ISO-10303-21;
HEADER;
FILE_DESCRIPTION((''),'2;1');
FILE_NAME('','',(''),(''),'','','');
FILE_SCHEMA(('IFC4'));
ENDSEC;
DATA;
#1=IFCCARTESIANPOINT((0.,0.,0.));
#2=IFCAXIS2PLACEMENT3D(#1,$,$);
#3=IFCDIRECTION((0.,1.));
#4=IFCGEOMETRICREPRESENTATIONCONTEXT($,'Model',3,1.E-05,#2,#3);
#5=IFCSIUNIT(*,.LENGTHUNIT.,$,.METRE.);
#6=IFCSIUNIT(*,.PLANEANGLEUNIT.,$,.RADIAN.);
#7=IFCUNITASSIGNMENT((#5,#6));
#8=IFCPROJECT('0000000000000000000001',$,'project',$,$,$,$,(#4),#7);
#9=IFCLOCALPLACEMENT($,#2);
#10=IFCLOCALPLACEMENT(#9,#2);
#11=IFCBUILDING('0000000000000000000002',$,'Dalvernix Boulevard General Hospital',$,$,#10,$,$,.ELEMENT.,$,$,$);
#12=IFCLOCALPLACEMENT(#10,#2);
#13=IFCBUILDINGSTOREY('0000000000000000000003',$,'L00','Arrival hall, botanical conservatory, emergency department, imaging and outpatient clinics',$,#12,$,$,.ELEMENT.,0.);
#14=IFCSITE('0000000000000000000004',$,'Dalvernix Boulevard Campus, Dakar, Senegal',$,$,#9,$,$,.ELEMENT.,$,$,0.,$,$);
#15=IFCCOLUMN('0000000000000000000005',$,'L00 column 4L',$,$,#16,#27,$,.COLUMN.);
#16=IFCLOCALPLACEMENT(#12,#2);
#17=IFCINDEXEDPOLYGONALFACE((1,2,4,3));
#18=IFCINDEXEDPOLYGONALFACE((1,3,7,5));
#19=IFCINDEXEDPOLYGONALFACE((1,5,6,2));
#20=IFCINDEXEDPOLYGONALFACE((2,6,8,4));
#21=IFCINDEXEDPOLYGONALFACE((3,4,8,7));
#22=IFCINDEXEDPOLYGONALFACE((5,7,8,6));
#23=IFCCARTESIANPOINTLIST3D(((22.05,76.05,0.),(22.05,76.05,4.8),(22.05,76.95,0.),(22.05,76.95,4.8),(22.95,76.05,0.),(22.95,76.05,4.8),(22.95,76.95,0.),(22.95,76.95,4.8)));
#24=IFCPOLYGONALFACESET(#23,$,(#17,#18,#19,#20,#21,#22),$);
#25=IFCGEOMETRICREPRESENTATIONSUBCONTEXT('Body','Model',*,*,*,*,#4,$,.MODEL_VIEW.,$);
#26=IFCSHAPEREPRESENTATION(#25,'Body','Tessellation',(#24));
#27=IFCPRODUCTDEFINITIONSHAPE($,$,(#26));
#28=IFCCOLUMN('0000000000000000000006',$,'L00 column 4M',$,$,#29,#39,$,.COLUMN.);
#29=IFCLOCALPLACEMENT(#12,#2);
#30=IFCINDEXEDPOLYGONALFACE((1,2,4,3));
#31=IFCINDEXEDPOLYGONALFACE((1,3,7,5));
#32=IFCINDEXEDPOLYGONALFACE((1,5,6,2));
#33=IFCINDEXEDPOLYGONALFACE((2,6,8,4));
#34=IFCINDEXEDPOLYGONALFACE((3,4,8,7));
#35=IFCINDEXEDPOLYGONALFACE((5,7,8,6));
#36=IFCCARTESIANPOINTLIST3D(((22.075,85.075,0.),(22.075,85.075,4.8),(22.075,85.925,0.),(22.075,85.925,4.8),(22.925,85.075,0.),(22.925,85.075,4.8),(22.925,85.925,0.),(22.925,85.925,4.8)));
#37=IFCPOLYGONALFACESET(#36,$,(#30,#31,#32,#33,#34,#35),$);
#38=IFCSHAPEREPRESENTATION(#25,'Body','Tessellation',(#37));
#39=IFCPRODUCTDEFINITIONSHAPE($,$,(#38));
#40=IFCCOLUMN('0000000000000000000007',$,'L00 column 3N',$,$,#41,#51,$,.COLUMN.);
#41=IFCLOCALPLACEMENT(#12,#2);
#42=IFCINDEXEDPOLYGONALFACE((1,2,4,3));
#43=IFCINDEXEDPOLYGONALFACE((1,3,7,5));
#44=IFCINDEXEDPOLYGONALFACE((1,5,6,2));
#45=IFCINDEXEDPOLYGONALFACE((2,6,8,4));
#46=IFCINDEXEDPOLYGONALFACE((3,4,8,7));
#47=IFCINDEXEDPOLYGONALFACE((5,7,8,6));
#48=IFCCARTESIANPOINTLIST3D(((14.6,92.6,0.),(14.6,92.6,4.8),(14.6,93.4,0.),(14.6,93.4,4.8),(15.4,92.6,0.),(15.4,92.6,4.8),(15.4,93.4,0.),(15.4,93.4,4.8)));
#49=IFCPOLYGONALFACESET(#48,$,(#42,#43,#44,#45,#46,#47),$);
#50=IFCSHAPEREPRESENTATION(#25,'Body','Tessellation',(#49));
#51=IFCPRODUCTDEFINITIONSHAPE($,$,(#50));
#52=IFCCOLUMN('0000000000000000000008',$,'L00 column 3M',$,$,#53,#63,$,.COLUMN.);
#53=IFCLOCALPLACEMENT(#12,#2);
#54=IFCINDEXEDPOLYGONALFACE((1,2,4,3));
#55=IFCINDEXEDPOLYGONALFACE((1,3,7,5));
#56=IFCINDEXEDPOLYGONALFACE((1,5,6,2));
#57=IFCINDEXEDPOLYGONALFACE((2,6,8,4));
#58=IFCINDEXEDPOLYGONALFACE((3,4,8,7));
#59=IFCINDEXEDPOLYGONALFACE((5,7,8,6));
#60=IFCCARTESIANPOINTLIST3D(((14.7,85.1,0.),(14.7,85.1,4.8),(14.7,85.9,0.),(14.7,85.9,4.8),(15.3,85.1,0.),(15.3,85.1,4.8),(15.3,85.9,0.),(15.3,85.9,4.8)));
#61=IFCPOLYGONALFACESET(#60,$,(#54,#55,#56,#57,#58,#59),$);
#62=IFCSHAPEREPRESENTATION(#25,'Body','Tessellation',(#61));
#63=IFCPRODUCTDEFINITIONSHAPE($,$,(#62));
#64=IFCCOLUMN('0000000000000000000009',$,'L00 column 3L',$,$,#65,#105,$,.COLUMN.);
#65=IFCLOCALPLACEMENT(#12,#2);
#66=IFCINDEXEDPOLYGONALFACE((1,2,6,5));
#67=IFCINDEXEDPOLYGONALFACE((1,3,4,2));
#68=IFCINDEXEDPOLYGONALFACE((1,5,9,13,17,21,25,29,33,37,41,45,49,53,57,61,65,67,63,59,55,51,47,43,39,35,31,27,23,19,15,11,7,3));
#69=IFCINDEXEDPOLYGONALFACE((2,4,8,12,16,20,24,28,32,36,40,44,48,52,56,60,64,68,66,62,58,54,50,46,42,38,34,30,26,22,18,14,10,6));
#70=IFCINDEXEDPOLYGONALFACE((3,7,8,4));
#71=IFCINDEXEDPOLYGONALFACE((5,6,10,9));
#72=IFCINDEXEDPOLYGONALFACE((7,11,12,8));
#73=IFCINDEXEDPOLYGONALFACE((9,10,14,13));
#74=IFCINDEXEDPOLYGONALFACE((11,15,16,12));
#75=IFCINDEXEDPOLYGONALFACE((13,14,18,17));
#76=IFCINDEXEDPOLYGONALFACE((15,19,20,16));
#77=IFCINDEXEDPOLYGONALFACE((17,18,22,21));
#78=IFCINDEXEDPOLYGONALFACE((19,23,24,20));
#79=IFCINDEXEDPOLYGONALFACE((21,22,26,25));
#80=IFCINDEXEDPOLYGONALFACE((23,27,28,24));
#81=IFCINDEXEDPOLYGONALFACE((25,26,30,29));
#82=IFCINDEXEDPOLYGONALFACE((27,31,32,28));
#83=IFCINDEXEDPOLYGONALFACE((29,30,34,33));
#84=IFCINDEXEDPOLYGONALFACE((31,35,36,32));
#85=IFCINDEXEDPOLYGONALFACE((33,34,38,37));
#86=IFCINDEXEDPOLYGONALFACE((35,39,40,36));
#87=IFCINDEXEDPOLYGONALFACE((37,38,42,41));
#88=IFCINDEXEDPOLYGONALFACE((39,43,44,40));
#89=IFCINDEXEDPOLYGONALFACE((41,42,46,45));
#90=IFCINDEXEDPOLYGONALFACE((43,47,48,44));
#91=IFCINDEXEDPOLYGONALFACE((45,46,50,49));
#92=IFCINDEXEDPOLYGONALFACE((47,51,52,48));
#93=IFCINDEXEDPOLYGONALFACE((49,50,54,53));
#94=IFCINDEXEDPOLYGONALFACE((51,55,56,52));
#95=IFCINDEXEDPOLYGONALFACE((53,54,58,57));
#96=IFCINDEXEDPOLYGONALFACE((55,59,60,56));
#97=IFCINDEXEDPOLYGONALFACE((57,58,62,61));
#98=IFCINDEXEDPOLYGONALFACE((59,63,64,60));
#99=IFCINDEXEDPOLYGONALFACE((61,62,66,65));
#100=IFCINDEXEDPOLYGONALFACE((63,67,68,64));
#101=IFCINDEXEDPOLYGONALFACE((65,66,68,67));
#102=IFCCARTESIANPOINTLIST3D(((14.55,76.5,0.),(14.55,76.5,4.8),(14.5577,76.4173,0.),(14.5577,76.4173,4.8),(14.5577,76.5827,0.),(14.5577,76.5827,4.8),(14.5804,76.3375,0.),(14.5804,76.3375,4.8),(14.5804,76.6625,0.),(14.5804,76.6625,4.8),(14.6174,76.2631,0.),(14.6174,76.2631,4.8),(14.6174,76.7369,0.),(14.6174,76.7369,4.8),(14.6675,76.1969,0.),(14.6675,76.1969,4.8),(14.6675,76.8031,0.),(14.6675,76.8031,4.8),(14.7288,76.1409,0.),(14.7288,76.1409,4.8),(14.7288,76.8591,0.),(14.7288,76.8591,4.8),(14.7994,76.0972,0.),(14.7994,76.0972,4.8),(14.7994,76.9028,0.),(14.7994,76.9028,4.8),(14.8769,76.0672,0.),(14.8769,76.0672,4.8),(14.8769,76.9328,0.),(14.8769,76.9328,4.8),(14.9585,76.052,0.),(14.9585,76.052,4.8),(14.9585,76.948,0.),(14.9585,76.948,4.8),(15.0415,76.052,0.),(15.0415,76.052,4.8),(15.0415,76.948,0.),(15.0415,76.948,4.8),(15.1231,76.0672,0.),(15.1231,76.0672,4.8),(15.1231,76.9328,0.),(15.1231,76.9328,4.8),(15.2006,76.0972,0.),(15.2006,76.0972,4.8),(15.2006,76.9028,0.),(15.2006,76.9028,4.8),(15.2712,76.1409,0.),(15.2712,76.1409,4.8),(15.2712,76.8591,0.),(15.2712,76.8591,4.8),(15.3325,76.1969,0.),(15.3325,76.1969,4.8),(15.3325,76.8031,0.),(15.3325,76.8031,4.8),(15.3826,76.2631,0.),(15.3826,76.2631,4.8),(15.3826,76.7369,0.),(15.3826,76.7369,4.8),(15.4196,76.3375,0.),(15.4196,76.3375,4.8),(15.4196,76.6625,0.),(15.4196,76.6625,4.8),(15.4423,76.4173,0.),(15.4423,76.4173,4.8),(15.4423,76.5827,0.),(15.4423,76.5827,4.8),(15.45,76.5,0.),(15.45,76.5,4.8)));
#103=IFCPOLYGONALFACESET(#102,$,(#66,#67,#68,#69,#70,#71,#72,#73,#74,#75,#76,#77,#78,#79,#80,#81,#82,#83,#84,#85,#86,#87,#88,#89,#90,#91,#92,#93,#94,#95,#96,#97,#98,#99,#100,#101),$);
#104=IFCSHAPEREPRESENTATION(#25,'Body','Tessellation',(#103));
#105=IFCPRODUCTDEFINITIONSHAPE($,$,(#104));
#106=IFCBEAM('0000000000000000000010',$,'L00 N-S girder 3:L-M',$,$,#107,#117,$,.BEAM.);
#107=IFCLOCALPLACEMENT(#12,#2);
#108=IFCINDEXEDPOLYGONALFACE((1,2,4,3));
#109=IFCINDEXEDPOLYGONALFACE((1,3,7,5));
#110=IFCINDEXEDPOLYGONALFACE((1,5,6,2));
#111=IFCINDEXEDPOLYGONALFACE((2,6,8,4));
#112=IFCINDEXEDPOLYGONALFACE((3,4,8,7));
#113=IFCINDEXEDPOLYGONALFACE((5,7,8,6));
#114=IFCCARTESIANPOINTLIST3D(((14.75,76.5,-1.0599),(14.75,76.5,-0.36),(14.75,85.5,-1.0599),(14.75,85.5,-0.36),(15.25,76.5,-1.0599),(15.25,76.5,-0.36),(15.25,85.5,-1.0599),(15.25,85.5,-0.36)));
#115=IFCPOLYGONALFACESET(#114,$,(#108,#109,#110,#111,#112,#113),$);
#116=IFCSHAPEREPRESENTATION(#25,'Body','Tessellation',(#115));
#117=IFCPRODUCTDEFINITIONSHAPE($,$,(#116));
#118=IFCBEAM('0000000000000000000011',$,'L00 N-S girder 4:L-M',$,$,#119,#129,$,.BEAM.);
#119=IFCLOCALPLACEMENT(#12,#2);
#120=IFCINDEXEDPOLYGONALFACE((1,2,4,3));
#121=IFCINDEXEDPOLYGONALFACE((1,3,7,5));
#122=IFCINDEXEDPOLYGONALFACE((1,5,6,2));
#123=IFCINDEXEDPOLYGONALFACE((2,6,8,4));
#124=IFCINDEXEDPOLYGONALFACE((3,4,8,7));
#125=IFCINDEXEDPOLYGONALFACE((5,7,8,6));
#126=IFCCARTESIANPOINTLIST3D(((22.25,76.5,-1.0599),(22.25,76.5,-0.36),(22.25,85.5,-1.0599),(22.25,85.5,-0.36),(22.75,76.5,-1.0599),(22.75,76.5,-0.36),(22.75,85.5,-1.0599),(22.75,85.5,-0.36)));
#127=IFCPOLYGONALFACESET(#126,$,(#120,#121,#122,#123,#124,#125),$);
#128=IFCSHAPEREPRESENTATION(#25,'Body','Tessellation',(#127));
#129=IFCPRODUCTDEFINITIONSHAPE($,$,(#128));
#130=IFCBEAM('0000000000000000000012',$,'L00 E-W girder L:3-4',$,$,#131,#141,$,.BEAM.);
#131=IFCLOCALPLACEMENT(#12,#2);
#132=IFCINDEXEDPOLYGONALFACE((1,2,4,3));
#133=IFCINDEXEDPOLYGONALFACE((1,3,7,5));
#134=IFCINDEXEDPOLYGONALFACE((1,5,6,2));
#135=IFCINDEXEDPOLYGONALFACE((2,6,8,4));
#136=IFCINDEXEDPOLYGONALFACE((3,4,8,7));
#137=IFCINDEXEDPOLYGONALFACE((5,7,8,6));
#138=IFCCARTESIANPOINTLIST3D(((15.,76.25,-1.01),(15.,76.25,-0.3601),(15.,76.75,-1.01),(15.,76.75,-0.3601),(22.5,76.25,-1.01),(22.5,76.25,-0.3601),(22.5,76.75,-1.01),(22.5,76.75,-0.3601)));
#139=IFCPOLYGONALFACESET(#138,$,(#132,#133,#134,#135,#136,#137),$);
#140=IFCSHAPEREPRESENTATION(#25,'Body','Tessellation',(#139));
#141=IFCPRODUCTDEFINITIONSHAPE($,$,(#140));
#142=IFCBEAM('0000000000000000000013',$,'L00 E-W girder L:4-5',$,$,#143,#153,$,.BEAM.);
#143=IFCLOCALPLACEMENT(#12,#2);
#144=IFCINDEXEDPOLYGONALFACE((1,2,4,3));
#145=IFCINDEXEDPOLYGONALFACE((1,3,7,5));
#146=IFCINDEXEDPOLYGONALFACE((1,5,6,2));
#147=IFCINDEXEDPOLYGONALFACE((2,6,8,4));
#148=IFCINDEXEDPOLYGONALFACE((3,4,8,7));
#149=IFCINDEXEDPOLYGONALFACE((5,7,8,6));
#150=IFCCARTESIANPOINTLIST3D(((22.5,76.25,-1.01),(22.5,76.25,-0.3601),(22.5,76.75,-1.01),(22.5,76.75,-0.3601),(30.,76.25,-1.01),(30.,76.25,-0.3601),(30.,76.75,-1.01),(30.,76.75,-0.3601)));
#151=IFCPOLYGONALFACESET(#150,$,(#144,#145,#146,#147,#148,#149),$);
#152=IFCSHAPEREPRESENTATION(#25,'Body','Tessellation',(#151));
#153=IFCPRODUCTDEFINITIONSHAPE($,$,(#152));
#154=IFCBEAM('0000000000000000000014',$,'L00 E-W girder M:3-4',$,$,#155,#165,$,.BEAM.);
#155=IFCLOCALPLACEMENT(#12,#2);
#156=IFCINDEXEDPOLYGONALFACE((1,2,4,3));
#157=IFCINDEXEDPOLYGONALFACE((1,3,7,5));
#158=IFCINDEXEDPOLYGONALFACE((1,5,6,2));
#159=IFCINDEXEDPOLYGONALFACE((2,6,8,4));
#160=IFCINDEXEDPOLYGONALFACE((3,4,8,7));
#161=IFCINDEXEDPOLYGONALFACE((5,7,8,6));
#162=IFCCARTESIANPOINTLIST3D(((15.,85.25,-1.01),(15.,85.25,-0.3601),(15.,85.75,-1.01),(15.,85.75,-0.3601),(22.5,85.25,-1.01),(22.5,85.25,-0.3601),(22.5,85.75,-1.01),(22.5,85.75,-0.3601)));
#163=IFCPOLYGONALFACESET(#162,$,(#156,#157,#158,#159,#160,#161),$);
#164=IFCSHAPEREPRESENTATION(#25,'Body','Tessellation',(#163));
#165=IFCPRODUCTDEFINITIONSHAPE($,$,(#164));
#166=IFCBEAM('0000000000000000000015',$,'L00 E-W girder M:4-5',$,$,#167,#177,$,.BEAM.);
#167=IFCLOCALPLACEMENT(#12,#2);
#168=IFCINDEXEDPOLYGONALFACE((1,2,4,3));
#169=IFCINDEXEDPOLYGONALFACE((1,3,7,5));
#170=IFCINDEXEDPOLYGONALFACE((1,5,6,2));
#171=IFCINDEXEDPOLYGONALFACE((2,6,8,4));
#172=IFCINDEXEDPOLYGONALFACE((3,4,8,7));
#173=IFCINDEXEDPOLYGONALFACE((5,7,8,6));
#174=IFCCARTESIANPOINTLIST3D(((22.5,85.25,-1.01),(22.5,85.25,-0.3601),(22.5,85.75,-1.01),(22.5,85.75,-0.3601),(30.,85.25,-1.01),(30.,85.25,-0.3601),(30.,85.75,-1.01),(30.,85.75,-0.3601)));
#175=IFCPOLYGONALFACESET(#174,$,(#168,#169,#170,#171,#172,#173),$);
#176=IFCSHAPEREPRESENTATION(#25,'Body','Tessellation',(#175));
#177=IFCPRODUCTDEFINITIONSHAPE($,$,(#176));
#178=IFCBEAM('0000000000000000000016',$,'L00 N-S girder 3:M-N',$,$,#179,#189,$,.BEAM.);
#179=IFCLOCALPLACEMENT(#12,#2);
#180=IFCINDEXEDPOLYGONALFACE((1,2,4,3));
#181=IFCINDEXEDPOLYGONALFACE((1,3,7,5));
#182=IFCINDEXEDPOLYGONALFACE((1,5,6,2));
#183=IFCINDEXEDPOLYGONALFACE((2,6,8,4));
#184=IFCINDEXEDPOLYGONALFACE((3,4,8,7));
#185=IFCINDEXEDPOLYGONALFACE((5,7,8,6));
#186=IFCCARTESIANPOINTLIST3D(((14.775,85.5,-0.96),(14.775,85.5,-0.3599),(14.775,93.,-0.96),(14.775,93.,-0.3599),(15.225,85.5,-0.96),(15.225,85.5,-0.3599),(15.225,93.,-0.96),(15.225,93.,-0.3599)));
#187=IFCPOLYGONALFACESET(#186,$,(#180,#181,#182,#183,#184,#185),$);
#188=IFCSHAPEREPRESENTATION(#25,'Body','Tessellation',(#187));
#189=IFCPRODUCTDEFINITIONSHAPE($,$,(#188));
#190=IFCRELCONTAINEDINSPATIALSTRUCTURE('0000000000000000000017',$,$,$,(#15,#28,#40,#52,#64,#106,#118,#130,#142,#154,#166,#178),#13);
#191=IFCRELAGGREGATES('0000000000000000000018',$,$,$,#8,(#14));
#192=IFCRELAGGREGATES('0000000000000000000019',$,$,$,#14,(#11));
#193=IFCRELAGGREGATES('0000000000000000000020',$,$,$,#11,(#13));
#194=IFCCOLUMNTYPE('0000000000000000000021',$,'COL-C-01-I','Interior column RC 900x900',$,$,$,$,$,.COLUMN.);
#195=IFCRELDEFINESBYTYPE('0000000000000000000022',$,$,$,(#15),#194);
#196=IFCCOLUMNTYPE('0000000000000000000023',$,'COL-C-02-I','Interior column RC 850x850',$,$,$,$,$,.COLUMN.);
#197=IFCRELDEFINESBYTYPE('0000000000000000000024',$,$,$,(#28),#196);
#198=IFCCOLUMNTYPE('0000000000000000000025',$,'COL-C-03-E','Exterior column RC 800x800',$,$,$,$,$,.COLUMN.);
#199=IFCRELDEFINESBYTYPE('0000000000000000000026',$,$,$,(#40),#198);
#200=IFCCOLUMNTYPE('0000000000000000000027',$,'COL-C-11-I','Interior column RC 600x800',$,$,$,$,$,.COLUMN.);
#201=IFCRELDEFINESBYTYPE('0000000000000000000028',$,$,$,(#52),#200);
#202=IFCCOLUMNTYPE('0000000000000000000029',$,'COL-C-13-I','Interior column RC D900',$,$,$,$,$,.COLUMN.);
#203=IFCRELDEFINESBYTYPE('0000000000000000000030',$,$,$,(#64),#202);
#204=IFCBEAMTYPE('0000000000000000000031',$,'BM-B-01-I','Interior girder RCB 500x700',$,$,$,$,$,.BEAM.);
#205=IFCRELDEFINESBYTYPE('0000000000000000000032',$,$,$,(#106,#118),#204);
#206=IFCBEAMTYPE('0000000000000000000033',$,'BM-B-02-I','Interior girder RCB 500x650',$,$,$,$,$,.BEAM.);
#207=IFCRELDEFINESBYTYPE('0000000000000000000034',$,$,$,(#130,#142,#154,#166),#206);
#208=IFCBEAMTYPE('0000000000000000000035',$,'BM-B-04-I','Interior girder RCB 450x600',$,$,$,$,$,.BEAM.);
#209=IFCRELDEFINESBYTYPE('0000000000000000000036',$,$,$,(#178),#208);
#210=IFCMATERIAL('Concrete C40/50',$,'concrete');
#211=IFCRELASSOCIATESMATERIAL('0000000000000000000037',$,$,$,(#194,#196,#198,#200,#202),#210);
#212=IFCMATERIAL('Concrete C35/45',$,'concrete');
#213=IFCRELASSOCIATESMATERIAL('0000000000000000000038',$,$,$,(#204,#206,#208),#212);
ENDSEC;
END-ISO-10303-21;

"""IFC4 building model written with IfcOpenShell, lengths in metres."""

from ifc_helpers import new_model, si_unit, direction, frame, origin, origin_2d, place, context, subcontext, project, spatial, rectangle, circle, extrude, material, material_profile, profile_set, type_object, element, save


model = new_model("IFC4")

# Units and contexts
model_context = context("Model", 3, precision=1e-05, world=origin(), true_north=direction((0.0, 1.0)))
body_context = subcontext(model_context, "Body", "Model", "MODEL_VIEW")
ifc_project = project(units=[si_unit("LENGTHUNIT", "METRE"), si_unit("PLANEANGLEUNIT", "RADIAN")], contexts=[model_context])

# Site, building, storey
site_placement = place(None, origin())
site = spatial("IfcSite", under=ifc_project, at=site_placement, Name="Dalvernix Boulevard Campus, Dakar, Senegal", CompositionType="ELEMENT", RefElevation=0.0)
building_placement = place(site_placement, origin())
building = spatial("IfcBuilding", under=site, at=building_placement, Name="Dalvernix Boulevard General Hospital", CompositionType="ELEMENT")
storey_placement = place(building_placement, origin())
storey = spatial("IfcBuildingStorey", under=building, at=storey_placement, Name="L00", Description="Arrival hall, botanical conservatory, emergency department, imaging and outpatient clinics", CompositionType="ELEMENT", Elevation=0.0)

# Columns
ifc_material_1 = material(Name="Concrete C40/50", Category="concrete")
ifc_material_profile_1 = material_profile(ifc_material_1, rectangle(XDim=0.8999, YDim=0.8999, at=origin_2d()), Name="RC 900x900")
ifc_profile_set_1 = profile_set([ifc_material_profile_1], Name="Concrete C40/50")
column_type_1 = type_object("IfcColumnType", Name="COL-C-01-I", Description="Interior column RC 900x900", PredefinedType="COLUMN", material=ifc_profile_set_1)
column_1_placement = place(storey_placement, frame((22.5, 76.5, 0.0), z_axis=(0.0, 0.0, 1.0), x_axis=(1.0, 0.0, 0.0)))
element("IfcColumn", 1, at=column_1_placement, inside=storey, type_object=column_type_1, Name="L00 column 4L", PredefinedType="COLUMN", context=body_context, shape_type="SweptSolid", body=[
    extrude(rectangle(XDim=0.8999, YDim=0.8999, at=origin_2d()), origin(), (0.0, 0.0, 1.0), 4.8),
])
ifc_material_profile_2 = material_profile(ifc_material_1, rectangle(XDim=0.8501, YDim=0.8501, at=origin_2d()), Name="RC 850x850")
ifc_profile_set_2 = profile_set([ifc_material_profile_2], Name="Concrete C40/50")
column_type_2 = type_object("IfcColumnType", Name="COL-C-02-I", Description="Interior column RC 850x850", PredefinedType="COLUMN", material=ifc_profile_set_2)
column_2_placement = place(storey_placement, frame((22.5, 85.5, 0.0), z_axis=(0.0, 0.0, 1.0), x_axis=(1.0, 0.0, 0.0)))
element("IfcColumn", 2, at=column_2_placement, inside=storey, type_object=column_type_2, Name="L00 column 4M", PredefinedType="COLUMN", context=body_context, shape_type="SweptSolid", body=[
    extrude(rectangle(XDim=0.8501, YDim=0.8501, at=origin_2d()), origin(), (0.0, 0.0, 1.0), 4.8),
])
ifc_material_profile_3 = material_profile(ifc_material_1, rectangle(XDim=0.8, YDim=0.8, at=origin_2d()), Name="RC 800x800")
ifc_profile_set_3 = profile_set([ifc_material_profile_3], Name="Concrete C40/50")
column_type_3 = type_object("IfcColumnType", Name="COL-C-03-E", Description="Exterior column RC 800x800", PredefinedType="COLUMN", material=ifc_profile_set_3)
column_3_placement = place(storey_placement, frame((15.0, 93.0, 0.0), z_axis=(0.0, 0.0, 1.0), x_axis=(1.0, 0.0, 0.0)))
element("IfcColumn", 3, at=column_3_placement, inside=storey, type_object=column_type_3, Name="L00 column 3N", PredefinedType="COLUMN", context=body_context, shape_type="SweptSolid", body=[
    extrude(rectangle(XDim=0.8, YDim=0.8, at=origin_2d()), origin(), (0.0, 0.0, 1.0), 4.8),
])
ifc_material_profile_4 = material_profile(ifc_material_1, rectangle(XDim=0.6001, YDim=0.8, at=origin_2d()), Name="RC 600x800")
ifc_profile_set_4 = profile_set([ifc_material_profile_4], Name="Concrete C40/50")
column_type_4 = type_object("IfcColumnType", Name="COL-C-11-I", Description="Interior column RC 600x800", PredefinedType="COLUMN", material=ifc_profile_set_4)
column_4_placement = place(storey_placement, frame((15.0, 85.5, 0.0), z_axis=(0.0, 0.0, 1.0), x_axis=(1.0, 0.0, 0.0)))
element("IfcColumn", 4, at=column_4_placement, inside=storey, type_object=column_type_4, Name="L00 column 3M", PredefinedType="COLUMN", context=body_context, shape_type="SweptSolid", body=[
    extrude(rectangle(XDim=0.6001, YDim=0.8, at=origin_2d()), origin(), (0.0, 0.0, 1.0), 4.8),
])
ifc_material_profile_5 = material_profile(ifc_material_1, circle(Radius=0.45, at=origin_2d()), Name="RC D900")
ifc_profile_set_5 = profile_set([ifc_material_profile_5], Name="Concrete C40/50")
column_type_5 = type_object("IfcColumnType", Name="COL-C-13-I", Description="Interior column RC D900", PredefinedType="COLUMN", material=ifc_profile_set_5)
column_5_placement = place(storey_placement, frame((15.0, 76.5, 0.0), z_axis=(0.0, 0.0, 1.0), x_axis=(1.0, 0.0, 0.0)))
element("IfcColumn", 5, at=column_5_placement, inside=storey, type_object=column_type_5, Name="L00 column 3L", PredefinedType="COLUMN", context=body_context, shape_type="SweptSolid", body=[
    extrude(circle(Radius=0.45, at=origin_2d()), origin(), (0.0, 0.0, 1.0), 4.8),
])

# Beams
ifc_material_2 = material(Name="Concrete C35/45", Category="concrete")
ifc_material_profile_6 = material_profile(ifc_material_2, rectangle(XDim=0.5, YDim=0.7, at=origin_2d()), Name="RCB 500x700")
ifc_profile_set_6 = profile_set([ifc_material_profile_6], Name="Concrete C35/45")
beam_type_1 = type_object("IfcBeamType", Name="BM-B-01-I", Description="Interior girder RCB 500x700", PredefinedType="BEAM", material=ifc_profile_set_6)
for number, where, z_axis, x_axis, name in (
    (6, (15.0, 76.5, -0.71), (0.0, 1.0, 0.0), (-1.0, 0.0, 0.0), "L00 N-S girder 3:L-M"),
    (7, (22.5, 76.5, -0.71), (0.0, 1.0, 0.0), (-1.0, 0.0, 0.0), "L00 N-S girder 4:L-M"),
):
    element("IfcBeam", number, at=place(storey_placement, frame(where, z_axis=z_axis, x_axis=x_axis)), inside=storey, type_object=beam_type_1, Name=name, PredefinedType="BEAM", context=body_context, shape_type="SweptSolid", body=[
        extrude(rectangle(XDim=0.5, YDim=0.7, at=origin_2d()), origin(), (0.0, 0.0, 1.0), 9.0),
    ])
ifc_material_profile_7 = material_profile(ifc_material_2, rectangle(XDim=0.5, YDim=0.6499, at=origin_2d()), Name="RCB 500x650")
ifc_profile_set_7 = profile_set([ifc_material_profile_7], Name="Concrete C35/45")
beam_type_2 = type_object("IfcBeamType", Name="BM-B-02-I", Description="Interior girder RCB 500x650", PredefinedType="BEAM", material=ifc_profile_set_7)
for number, where, z_axis, x_axis, name in (
    (8, (15.0, 76.5, -0.6851), (1.0, 0.0, 0.0), (0.0, 1.0, 0.0), "L00 E-W girder L:3-4"),
    (9, (22.5, 76.5, -0.6851), (1.0, 0.0, 0.0), (0.0, 1.0, 0.0), "L00 E-W girder L:4-5"),
    (10, (15.0, 85.5, -0.6851), (1.0, 0.0, 0.0), (0.0, 1.0, 0.0), "L00 E-W girder M:3-4"),
    (11, (22.5, 85.5, -0.6851), (1.0, 0.0, 0.0), (0.0, 1.0, 0.0), "L00 E-W girder M:4-5"),
):
    element("IfcBeam", number, at=place(storey_placement, frame(where, z_axis=z_axis, x_axis=x_axis)), inside=storey, type_object=beam_type_2, Name=name, PredefinedType="BEAM", context=body_context, shape_type="SweptSolid", body=[
        extrude(rectangle(XDim=0.5, YDim=0.6499, at=origin_2d()), origin(), (0.0, 0.0, 1.0), 7.5),
    ])
ifc_material_profile_8 = material_profile(ifc_material_2, rectangle(XDim=0.45, YDim=0.6001, at=origin_2d()), Name="RCB 450x600")
ifc_profile_set_8 = profile_set([ifc_material_profile_8], Name="Concrete C35/45")
beam_type_3 = type_object("IfcBeamType", Name="BM-B-04-I", Description="Interior girder RCB 450x600", PredefinedType="BEAM", material=ifc_profile_set_8)
for number, where, z_axis, x_axis, name in (
    (12, (15.0, 85.5, -0.6599), (0.0, 1.0, 0.0), (-1.0, 0.0, 0.0), "L00 N-S girder 3:M-N"),
):
    element("IfcBeam", number, at=place(storey_placement, frame(where, z_axis=z_axis, x_axis=x_axis)), inside=storey, type_object=beam_type_3, Name=name, PredefinedType="BEAM", context=body_context, shape_type="SweptSolid", body=[
        extrude(rectangle(XDim=0.45, YDim=0.6001, at=origin_2d()), origin(), (0.0, 0.0, 1.0), 7.5),
    ])

save(model, "model.ifc")
